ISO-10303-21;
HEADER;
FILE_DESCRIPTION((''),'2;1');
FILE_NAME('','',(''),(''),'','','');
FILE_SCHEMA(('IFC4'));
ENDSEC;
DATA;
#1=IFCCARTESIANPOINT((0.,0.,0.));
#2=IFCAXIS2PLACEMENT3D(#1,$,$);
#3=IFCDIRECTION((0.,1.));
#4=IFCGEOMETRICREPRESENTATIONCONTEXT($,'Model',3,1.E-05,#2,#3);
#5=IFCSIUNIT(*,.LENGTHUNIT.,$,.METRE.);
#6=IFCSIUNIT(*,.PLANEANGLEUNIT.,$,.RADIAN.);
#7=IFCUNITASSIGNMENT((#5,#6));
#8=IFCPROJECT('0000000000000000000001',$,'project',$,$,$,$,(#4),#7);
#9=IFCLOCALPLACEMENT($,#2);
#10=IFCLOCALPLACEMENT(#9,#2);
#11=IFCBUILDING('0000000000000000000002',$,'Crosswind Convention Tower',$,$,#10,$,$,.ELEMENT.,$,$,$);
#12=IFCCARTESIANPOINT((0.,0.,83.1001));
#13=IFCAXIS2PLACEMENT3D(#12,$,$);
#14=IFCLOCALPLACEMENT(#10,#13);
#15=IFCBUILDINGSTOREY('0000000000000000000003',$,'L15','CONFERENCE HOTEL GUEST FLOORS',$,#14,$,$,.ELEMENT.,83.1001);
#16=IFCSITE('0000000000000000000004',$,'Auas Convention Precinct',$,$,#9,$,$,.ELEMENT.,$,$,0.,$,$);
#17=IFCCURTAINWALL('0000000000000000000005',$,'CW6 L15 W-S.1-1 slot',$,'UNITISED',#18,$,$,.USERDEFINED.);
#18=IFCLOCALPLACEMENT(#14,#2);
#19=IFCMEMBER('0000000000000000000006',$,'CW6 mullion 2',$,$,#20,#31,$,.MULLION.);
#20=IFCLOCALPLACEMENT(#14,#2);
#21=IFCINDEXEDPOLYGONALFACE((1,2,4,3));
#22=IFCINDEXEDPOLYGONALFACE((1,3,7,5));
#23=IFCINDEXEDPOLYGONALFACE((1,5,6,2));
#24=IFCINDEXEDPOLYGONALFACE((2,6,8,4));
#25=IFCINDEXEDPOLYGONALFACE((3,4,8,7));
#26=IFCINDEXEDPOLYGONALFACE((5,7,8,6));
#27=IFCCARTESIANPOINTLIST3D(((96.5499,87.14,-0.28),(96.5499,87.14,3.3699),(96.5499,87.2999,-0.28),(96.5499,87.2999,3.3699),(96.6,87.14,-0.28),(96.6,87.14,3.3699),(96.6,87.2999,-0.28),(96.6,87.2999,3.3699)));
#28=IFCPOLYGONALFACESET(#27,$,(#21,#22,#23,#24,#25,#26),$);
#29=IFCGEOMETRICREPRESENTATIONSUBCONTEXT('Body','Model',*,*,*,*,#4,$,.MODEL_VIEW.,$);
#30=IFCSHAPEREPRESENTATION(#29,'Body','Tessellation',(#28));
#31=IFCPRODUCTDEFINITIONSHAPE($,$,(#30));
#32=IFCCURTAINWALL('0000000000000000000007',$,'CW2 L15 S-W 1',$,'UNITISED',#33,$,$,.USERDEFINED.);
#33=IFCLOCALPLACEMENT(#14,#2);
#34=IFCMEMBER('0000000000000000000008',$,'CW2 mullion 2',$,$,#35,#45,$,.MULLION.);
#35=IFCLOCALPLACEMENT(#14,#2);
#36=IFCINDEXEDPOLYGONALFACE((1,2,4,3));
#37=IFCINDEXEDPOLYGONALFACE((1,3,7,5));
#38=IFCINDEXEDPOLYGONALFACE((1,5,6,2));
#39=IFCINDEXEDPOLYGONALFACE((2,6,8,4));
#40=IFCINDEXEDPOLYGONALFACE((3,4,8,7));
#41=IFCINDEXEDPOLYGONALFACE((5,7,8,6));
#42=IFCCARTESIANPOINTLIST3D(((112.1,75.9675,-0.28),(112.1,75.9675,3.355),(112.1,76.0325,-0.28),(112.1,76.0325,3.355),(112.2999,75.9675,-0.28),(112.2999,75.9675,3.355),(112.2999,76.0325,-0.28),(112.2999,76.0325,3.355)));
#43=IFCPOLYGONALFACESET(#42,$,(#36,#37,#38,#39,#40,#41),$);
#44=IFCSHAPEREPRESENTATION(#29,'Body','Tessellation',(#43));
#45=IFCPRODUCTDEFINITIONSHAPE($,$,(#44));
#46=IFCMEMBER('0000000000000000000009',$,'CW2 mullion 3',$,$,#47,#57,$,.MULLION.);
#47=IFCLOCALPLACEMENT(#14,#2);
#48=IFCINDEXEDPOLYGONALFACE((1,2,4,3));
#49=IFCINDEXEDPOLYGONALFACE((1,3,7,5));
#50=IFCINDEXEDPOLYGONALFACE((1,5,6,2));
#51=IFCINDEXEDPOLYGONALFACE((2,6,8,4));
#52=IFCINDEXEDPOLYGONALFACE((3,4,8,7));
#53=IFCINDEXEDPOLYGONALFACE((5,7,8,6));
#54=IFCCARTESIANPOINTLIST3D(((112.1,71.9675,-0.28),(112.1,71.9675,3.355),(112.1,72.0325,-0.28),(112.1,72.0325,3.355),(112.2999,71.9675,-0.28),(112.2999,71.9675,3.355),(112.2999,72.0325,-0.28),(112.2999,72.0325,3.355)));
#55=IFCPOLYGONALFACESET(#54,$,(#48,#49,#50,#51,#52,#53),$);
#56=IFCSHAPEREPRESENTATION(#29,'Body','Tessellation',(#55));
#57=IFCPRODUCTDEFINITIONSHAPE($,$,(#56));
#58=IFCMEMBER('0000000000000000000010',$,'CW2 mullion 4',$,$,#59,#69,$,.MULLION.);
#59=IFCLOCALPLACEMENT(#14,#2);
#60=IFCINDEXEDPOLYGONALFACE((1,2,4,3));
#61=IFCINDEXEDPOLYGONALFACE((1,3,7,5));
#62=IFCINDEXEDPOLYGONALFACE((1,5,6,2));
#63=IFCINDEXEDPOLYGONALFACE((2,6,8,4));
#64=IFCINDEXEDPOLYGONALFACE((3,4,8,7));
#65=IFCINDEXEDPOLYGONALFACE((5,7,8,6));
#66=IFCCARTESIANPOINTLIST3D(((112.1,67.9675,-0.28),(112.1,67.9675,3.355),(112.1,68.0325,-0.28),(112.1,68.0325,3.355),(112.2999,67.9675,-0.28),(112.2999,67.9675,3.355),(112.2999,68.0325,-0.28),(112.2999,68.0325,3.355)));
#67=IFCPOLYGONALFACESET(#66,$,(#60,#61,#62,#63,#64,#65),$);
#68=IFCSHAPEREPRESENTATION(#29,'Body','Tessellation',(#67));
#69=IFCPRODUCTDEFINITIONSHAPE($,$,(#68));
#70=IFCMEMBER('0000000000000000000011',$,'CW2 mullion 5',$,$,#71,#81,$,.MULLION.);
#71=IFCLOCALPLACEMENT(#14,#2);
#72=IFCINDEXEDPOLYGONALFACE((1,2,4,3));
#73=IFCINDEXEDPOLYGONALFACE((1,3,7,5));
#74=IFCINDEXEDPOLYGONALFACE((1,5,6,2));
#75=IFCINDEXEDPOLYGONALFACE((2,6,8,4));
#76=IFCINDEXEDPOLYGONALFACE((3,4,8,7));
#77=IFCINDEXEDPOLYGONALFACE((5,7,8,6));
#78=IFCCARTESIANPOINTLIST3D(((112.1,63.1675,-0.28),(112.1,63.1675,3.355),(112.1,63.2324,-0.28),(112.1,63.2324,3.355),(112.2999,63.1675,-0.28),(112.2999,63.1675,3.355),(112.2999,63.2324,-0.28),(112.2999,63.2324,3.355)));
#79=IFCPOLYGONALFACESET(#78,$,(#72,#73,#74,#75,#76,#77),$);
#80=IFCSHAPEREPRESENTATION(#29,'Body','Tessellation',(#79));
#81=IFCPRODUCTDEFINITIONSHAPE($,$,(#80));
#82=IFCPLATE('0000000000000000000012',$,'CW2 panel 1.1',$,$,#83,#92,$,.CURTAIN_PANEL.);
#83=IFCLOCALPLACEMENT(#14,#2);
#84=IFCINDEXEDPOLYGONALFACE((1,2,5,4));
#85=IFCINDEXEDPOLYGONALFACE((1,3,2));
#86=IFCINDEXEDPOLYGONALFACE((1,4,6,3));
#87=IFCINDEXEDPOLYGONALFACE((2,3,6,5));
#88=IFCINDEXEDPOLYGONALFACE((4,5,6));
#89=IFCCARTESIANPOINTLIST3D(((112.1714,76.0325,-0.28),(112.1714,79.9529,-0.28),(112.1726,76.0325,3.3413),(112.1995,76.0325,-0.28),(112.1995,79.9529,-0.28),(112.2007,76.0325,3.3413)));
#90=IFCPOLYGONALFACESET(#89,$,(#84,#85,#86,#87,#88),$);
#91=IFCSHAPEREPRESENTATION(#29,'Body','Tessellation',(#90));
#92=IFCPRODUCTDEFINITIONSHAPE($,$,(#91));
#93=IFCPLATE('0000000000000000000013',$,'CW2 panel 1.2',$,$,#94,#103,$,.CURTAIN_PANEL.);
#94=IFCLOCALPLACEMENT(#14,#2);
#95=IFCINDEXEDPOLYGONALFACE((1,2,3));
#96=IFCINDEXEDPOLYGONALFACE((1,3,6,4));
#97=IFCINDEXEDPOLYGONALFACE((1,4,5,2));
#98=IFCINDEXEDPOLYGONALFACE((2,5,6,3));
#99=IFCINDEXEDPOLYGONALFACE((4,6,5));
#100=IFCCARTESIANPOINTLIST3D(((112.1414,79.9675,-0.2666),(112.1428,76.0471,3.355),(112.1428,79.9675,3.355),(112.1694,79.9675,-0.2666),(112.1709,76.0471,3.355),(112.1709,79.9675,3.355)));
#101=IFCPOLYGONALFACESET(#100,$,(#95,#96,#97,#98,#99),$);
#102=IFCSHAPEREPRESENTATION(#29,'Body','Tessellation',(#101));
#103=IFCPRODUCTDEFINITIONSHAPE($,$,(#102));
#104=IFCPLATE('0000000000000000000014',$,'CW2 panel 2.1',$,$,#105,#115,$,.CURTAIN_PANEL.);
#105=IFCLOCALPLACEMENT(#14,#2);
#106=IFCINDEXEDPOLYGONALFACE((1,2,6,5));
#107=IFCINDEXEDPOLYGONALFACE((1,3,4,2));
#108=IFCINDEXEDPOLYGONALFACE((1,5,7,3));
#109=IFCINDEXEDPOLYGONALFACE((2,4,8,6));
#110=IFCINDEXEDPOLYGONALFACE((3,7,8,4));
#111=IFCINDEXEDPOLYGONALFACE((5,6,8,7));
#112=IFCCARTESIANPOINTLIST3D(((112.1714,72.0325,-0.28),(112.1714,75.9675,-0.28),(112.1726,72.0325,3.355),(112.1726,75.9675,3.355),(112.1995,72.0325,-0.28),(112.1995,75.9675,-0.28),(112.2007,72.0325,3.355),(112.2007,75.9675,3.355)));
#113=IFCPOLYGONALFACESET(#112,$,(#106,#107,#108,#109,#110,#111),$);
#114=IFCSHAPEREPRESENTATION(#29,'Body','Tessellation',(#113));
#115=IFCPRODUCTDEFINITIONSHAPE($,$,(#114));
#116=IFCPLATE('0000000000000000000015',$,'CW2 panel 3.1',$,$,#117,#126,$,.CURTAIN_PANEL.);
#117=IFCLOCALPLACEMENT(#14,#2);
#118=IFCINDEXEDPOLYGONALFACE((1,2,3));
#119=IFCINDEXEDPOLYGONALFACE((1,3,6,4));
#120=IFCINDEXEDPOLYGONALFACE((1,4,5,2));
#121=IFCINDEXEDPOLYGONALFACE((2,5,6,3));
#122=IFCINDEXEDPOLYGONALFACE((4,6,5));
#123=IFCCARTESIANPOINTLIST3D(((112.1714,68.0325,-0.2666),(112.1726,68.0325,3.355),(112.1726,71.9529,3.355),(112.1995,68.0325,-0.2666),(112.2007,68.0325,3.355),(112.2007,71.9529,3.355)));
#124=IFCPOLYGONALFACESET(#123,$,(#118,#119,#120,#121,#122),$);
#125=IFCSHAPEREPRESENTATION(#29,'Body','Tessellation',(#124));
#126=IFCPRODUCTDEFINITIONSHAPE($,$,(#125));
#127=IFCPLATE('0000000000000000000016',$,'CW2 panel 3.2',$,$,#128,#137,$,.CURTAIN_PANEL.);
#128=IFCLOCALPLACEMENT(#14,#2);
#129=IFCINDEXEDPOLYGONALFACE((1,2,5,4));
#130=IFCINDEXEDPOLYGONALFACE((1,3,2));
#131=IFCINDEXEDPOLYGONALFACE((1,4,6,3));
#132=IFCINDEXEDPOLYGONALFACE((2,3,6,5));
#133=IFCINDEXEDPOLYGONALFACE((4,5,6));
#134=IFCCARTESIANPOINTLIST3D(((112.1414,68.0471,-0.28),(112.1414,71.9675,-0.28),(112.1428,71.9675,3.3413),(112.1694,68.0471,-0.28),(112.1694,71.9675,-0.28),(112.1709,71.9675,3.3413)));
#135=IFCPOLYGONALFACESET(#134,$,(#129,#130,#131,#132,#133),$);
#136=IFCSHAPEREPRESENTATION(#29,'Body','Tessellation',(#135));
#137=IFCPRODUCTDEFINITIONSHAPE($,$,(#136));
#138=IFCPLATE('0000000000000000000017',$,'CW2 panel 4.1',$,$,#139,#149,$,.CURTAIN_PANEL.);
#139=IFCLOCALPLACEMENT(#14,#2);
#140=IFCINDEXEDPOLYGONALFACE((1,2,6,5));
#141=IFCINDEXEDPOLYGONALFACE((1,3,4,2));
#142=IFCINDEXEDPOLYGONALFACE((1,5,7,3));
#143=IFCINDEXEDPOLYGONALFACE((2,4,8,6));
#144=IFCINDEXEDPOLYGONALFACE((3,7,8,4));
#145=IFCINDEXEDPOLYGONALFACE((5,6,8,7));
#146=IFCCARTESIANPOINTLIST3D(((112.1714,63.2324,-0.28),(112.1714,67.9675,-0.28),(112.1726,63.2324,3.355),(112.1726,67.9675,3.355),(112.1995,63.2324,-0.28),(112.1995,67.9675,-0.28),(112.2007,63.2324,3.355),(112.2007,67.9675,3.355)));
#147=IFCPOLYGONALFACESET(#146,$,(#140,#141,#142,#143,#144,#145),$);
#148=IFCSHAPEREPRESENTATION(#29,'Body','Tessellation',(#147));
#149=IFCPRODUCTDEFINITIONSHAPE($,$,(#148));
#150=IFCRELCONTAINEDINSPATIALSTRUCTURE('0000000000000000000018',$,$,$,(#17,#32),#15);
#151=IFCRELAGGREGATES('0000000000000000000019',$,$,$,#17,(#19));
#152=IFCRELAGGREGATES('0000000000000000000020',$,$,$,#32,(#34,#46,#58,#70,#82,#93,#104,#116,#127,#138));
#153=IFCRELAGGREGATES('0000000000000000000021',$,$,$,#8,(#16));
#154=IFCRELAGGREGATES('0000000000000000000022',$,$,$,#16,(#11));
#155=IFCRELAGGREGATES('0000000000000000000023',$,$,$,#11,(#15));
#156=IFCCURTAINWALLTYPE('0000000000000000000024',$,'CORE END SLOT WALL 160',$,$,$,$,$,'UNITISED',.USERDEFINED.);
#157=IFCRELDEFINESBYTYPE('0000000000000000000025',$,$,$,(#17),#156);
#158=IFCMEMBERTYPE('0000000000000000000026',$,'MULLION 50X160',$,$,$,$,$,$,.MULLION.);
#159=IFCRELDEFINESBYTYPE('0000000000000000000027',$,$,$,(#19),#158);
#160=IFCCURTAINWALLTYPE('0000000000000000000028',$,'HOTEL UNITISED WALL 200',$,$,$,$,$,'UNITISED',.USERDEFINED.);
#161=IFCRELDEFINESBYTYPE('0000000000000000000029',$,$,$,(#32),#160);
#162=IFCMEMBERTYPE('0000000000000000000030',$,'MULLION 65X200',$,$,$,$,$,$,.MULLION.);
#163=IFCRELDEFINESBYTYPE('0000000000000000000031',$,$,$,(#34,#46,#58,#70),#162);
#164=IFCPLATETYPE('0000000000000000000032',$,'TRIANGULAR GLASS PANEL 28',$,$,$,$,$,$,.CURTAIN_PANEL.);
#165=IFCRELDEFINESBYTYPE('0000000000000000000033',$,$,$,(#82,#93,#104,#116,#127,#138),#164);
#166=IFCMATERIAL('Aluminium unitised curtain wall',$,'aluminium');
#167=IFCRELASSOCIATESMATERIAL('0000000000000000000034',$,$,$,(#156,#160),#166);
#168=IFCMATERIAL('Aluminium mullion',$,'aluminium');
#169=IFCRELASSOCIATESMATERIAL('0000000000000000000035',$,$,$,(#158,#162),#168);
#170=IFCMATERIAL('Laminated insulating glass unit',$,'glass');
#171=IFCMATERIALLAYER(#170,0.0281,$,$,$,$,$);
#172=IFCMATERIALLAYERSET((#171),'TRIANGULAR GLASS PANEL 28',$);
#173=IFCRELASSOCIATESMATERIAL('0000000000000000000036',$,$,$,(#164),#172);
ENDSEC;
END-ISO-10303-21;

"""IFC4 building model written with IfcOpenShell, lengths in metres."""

from ifc_helpers import new_model, si_unit, direction, frame, origin, origin_2d, place, context, subcontext, project, spatial, polyline, rectangle, outline, extrude, material, layer, layer_set, material_profile, profile_set, type_object, element, aggregate, save


model = new_model("IFC4")

# Units and contexts
model_context = context("Model", 3, precision=1e-05, world=origin(), true_north=direction((0.0, 1.0)))
body_context = subcontext(model_context, "Body", "Model", "MODEL_VIEW")
ifc_project = project(units=[si_unit("LENGTHUNIT", "METRE"), si_unit("PLANEANGLEUNIT", "RADIAN")], contexts=[model_context])

# Site, building, storey
site_placement = place(None, origin())
site = spatial("IfcSite", under=ifc_project, at=site_placement, Name="Auas Convention Precinct", CompositionType="ELEMENT", RefElevation=0.0)
building_placement = place(site_placement, origin())
building = spatial("IfcBuilding", under=site, at=building_placement, Name="Crosswind Convention Tower", CompositionType="ELEMENT")
storey_placement = place(building_placement, frame((0.0, 0.0, 83.1001)))
storey = spatial("IfcBuildingStorey", under=building, at=storey_placement, Name="L15", Description="CONFERENCE HOTEL GUEST FLOORS", CompositionType="ELEMENT", Elevation=83.1001)

# Curtain wall, member
ifc_material_1 = material(Name="Aluminium unitised curtain wall", Category="aluminium")
curtain_wall_type_1 = type_object("IfcCurtainWallType", Name="CORE END SLOT WALL 160", ElementType="UNITISED", PredefinedType="USERDEFINED", material=ifc_material_1)
curtain_wall_1_placement = place(storey_placement, origin())
curtain_wall_1 = element("IfcCurtainWall", 1, at=curtain_wall_1_placement, inside=storey, type_object=curtain_wall_type_1, Name="CW6 L15 W-S.1-1 slot", ObjectType="UNITISED", PredefinedType="USERDEFINED")
ifc_material_2 = material(Name="Aluminium mullion", Category="aluminium")
ifc_material_profile_1 = material_profile(ifc_material_2, rectangle(XDim=0.1599, YDim=0.05, at=origin_2d()), Name="AL 160X50")
ifc_profile_set_1 = profile_set([ifc_material_profile_1], Name="Aluminium mullion")
member_type_1 = type_object("IfcMemberType", Name="MULLION 50X160", PredefinedType="MULLION", material=ifc_profile_set_1)
member_1_placement = place(storey_placement, frame((96.575, 87.22, -0.28), z_axis=(0.0, 0.0, 1.0), x_axis=(0.0, -1.0, 0.0)))
member_1 = element("IfcMember", 2, at=member_1_placement, type_object=member_type_1, Name="CW6 mullion 2", PredefinedType="MULLION", context=body_context, shape_type="SweptSolid", body=[
    extrude(rectangle(XDim=0.1599, YDim=0.05, at=origin_2d()), origin(), (0.0, 0.0, 1.0), 3.6499),
])
aggregate(curtain_wall_1, [member_1])

# Curtain wall, members, plates
curtain_wall_type_2 = type_object("IfcCurtainWallType", Name="HOTEL UNITISED WALL 200", ElementType="UNITISED", PredefinedType="USERDEFINED", material=ifc_material_1)
curtain_wall_2_placement = place(storey_placement, origin())
curtain_wall_2 = element("IfcCurtainWall", 3, at=curtain_wall_2_placement, inside=storey, type_object=curtain_wall_type_2, Name="CW2 L15 S-W 1", ObjectType="UNITISED", PredefinedType="USERDEFINED")
ifc_material_profile_2 = material_profile(ifc_material_2, rectangle(XDim=0.2, YDim=0.0649, at=origin_2d()), Name="AL 200X65")
ifc_profile_set_2 = profile_set([ifc_material_profile_2], Name="Aluminium mullion")
member_type_2 = type_object("IfcMemberType", Name="MULLION 65X200", PredefinedType="MULLION", material=ifc_profile_set_2)
member_2_placement = place(storey_placement, frame((112.2, 76.0, -0.28), z_axis=(0.0, 0.0, 1.0), x_axis=(-1.0, 0.0, 0.0)))
member_2 = element("IfcMember", 4, at=member_2_placement, type_object=member_type_2, Name="CW2 mullion 2", PredefinedType="MULLION", context=body_context, shape_type="SweptSolid", body=[
    extrude(rectangle(XDim=0.2, YDim=0.0649, at=origin_2d()), origin(), (0.0, 0.0, 1.0), 3.635),
])
member_3_placement = place(storey_placement, frame((112.2, 72.0, -0.28), z_axis=(0.0, 0.0, 1.0), x_axis=(-1.0, 0.0, 0.0)))
member_3 = element("IfcMember", 5, at=member_3_placement, type_object=member_type_2, Name="CW2 mullion 3", PredefinedType="MULLION", context=body_context, shape_type="SweptSolid", body=[
    extrude(rectangle(XDim=0.2, YDim=0.0649, at=origin_2d()), origin(), (0.0, 0.0, 1.0), 3.635),
])
member_4_placement = place(storey_placement, frame((112.2, 68.0, -0.28), z_axis=(0.0, 0.0, 1.0), x_axis=(-1.0, 0.0, 0.0)))
member_4 = element("IfcMember", 6, at=member_4_placement, type_object=member_type_2, Name="CW2 mullion 4", PredefinedType="MULLION", context=body_context, shape_type="SweptSolid", body=[
    extrude(rectangle(XDim=0.2, YDim=0.0649, at=origin_2d()), origin(), (0.0, 0.0, 1.0), 3.635),
])
member_5_placement = place(storey_placement, frame((112.2, 63.2, -0.28), z_axis=(0.0, 0.0, 1.0), x_axis=(-1.0, 0.0, 0.0)))
member_5 = element("IfcMember", 7, at=member_5_placement, type_object=member_type_2, Name="CW2 mullion 5", PredefinedType="MULLION", context=body_context, shape_type="SweptSolid", body=[
    extrude(rectangle(XDim=0.2, YDim=0.0649, at=origin_2d()), origin(), (0.0, 0.0, 1.0), 3.635),
])
ifc_material_3 = material(Name="Laminated insulating glass unit", Category="glass")
ifc_layer_1 = layer(ifc_material_3, 0.0281)
ifc_layer_set_1 = layer_set([ifc_layer_1], Name="TRIANGULAR GLASS PANEL 28")
plate_type = type_object("IfcPlateType", Name="TRIANGULAR GLASS PANEL 28", PredefinedType="CURTAIN_PANEL", material=ifc_layer_set_1)
plate_1_placement = place(storey_placement, frame((112.1714, 76.0325, -0.28), z_axis=(-1.0, 0.0, 0.000337), x_axis=(0.000337, 0.0, 1.0)))
plate_1 = element("IfcPlate", 8, at=plate_1_placement, type_object=plate_type, Name="CW2 panel 1.1", PredefinedType="CURTAIN_PANEL", context=body_context, shape_type="SweptSolid", body=[
    extrude(outline(polyline([(0.0, 0.0), (3.6213, 0.0), (0.0, 3.9204), (0.0, 0.0)])), origin(), (0.0, 0.0, -1.0), 0.0281),
])
plate_2_placement = place(storey_placement, frame((112.1428, 79.9675, 3.355), z_axis=(-1.0, 0.0, 0.000404), x_axis=(-0.000404, 0.0, -1.0)))
plate_2 = element("IfcPlate", 9, at=plate_2_placement, type_object=plate_type, Name="CW2 panel 1.2", PredefinedType="CURTAIN_PANEL", context=body_context, shape_type="SweptSolid", body=[
    extrude(outline(polyline([(0.0, 0.0), (3.6216, 0.0), (0.0, 3.9204), (0.0, 0.0)])), origin(), (0.0, 0.0, -1.0), 0.0281),
])
plate_3_placement = place(storey_placement, frame((112.1714, 75.9675, -0.28), z_axis=(-1.0, 0.0, 0.000336), x_axis=(0.0, -1.0, 0.0)))
plate_3 = element("IfcPlate", 10, at=plate_3_placement, type_object=plate_type, Name="CW2 panel 2.1", PredefinedType="CURTAIN_PANEL", context=body_context, shape_type="SweptSolid", body=[
    extrude(outline(polyline([(0.0, 0.0), (3.9351, 0.0), (3.9351, 3.635), (0.0, 3.635), (0.0, 0.0)])), origin(), (0.0, 0.0, -1.0), 0.0281),
])
plate_4_placement = place(storey_placement, frame((112.1726, 68.0325, 3.355), z_axis=(-1.0, 0.0, 0.000337), x_axis=(0.0, 1.0, 0.0)))
plate_4 = element("IfcPlate", 11, at=plate_4_placement, type_object=plate_type, Name="CW2 panel 3.1", PredefinedType="CURTAIN_PANEL", context=body_context, shape_type="SweptSolid", body=[
    extrude(outline(polyline([(0.0, 0.0), (3.9204, 0.0), (0.0, 3.6216), (0.0, 0.0)])), origin(), (0.0, 0.0, -1.0), 0.0281),
])
plate_5_placement = place(storey_placement, frame((112.1414, 71.9675, -0.28), z_axis=(-1.0, 0.0, 0.000405), x_axis=(0.0, -1.0, 0.0)))
plate_5 = element("IfcPlate", 12, at=plate_5_placement, type_object=plate_type, Name="CW2 panel 3.2", PredefinedType="CURTAIN_PANEL", context=body_context, shape_type="SweptSolid", body=[
    extrude(outline(polyline([(0.0, 0.0), (3.9204, 0.0), (0.0, 3.6213), (0.0, 0.0)])), origin(), (0.0, 0.0, -1.0), 0.0281),
])
plate_6_placement = place(storey_placement, frame((112.1714, 67.9675, -0.28), z_axis=(-1.0, 0.0, 0.000336), x_axis=(0.0, -1.0, 0.0)))
plate_6 = element("IfcPlate", 13, at=plate_6_placement, type_object=plate_type, Name="CW2 panel 4.1", PredefinedType="CURTAIN_PANEL", context=body_context, shape_type="SweptSolid", body=[
    extrude(outline(polyline([(0.0, 0.0), (4.7351, 0.0), (4.7351, 3.635), (0.0, 3.635), (0.0, 0.0)])), origin(), (0.0, 0.0, -1.0), 0.0281),
])

aggregate(curtain_wall_2, [member_2, member_3, member_4, member_5, plate_1, plate_2, plate_3, plate_4, plate_5, plate_6])

save(model, "model.ifc")
